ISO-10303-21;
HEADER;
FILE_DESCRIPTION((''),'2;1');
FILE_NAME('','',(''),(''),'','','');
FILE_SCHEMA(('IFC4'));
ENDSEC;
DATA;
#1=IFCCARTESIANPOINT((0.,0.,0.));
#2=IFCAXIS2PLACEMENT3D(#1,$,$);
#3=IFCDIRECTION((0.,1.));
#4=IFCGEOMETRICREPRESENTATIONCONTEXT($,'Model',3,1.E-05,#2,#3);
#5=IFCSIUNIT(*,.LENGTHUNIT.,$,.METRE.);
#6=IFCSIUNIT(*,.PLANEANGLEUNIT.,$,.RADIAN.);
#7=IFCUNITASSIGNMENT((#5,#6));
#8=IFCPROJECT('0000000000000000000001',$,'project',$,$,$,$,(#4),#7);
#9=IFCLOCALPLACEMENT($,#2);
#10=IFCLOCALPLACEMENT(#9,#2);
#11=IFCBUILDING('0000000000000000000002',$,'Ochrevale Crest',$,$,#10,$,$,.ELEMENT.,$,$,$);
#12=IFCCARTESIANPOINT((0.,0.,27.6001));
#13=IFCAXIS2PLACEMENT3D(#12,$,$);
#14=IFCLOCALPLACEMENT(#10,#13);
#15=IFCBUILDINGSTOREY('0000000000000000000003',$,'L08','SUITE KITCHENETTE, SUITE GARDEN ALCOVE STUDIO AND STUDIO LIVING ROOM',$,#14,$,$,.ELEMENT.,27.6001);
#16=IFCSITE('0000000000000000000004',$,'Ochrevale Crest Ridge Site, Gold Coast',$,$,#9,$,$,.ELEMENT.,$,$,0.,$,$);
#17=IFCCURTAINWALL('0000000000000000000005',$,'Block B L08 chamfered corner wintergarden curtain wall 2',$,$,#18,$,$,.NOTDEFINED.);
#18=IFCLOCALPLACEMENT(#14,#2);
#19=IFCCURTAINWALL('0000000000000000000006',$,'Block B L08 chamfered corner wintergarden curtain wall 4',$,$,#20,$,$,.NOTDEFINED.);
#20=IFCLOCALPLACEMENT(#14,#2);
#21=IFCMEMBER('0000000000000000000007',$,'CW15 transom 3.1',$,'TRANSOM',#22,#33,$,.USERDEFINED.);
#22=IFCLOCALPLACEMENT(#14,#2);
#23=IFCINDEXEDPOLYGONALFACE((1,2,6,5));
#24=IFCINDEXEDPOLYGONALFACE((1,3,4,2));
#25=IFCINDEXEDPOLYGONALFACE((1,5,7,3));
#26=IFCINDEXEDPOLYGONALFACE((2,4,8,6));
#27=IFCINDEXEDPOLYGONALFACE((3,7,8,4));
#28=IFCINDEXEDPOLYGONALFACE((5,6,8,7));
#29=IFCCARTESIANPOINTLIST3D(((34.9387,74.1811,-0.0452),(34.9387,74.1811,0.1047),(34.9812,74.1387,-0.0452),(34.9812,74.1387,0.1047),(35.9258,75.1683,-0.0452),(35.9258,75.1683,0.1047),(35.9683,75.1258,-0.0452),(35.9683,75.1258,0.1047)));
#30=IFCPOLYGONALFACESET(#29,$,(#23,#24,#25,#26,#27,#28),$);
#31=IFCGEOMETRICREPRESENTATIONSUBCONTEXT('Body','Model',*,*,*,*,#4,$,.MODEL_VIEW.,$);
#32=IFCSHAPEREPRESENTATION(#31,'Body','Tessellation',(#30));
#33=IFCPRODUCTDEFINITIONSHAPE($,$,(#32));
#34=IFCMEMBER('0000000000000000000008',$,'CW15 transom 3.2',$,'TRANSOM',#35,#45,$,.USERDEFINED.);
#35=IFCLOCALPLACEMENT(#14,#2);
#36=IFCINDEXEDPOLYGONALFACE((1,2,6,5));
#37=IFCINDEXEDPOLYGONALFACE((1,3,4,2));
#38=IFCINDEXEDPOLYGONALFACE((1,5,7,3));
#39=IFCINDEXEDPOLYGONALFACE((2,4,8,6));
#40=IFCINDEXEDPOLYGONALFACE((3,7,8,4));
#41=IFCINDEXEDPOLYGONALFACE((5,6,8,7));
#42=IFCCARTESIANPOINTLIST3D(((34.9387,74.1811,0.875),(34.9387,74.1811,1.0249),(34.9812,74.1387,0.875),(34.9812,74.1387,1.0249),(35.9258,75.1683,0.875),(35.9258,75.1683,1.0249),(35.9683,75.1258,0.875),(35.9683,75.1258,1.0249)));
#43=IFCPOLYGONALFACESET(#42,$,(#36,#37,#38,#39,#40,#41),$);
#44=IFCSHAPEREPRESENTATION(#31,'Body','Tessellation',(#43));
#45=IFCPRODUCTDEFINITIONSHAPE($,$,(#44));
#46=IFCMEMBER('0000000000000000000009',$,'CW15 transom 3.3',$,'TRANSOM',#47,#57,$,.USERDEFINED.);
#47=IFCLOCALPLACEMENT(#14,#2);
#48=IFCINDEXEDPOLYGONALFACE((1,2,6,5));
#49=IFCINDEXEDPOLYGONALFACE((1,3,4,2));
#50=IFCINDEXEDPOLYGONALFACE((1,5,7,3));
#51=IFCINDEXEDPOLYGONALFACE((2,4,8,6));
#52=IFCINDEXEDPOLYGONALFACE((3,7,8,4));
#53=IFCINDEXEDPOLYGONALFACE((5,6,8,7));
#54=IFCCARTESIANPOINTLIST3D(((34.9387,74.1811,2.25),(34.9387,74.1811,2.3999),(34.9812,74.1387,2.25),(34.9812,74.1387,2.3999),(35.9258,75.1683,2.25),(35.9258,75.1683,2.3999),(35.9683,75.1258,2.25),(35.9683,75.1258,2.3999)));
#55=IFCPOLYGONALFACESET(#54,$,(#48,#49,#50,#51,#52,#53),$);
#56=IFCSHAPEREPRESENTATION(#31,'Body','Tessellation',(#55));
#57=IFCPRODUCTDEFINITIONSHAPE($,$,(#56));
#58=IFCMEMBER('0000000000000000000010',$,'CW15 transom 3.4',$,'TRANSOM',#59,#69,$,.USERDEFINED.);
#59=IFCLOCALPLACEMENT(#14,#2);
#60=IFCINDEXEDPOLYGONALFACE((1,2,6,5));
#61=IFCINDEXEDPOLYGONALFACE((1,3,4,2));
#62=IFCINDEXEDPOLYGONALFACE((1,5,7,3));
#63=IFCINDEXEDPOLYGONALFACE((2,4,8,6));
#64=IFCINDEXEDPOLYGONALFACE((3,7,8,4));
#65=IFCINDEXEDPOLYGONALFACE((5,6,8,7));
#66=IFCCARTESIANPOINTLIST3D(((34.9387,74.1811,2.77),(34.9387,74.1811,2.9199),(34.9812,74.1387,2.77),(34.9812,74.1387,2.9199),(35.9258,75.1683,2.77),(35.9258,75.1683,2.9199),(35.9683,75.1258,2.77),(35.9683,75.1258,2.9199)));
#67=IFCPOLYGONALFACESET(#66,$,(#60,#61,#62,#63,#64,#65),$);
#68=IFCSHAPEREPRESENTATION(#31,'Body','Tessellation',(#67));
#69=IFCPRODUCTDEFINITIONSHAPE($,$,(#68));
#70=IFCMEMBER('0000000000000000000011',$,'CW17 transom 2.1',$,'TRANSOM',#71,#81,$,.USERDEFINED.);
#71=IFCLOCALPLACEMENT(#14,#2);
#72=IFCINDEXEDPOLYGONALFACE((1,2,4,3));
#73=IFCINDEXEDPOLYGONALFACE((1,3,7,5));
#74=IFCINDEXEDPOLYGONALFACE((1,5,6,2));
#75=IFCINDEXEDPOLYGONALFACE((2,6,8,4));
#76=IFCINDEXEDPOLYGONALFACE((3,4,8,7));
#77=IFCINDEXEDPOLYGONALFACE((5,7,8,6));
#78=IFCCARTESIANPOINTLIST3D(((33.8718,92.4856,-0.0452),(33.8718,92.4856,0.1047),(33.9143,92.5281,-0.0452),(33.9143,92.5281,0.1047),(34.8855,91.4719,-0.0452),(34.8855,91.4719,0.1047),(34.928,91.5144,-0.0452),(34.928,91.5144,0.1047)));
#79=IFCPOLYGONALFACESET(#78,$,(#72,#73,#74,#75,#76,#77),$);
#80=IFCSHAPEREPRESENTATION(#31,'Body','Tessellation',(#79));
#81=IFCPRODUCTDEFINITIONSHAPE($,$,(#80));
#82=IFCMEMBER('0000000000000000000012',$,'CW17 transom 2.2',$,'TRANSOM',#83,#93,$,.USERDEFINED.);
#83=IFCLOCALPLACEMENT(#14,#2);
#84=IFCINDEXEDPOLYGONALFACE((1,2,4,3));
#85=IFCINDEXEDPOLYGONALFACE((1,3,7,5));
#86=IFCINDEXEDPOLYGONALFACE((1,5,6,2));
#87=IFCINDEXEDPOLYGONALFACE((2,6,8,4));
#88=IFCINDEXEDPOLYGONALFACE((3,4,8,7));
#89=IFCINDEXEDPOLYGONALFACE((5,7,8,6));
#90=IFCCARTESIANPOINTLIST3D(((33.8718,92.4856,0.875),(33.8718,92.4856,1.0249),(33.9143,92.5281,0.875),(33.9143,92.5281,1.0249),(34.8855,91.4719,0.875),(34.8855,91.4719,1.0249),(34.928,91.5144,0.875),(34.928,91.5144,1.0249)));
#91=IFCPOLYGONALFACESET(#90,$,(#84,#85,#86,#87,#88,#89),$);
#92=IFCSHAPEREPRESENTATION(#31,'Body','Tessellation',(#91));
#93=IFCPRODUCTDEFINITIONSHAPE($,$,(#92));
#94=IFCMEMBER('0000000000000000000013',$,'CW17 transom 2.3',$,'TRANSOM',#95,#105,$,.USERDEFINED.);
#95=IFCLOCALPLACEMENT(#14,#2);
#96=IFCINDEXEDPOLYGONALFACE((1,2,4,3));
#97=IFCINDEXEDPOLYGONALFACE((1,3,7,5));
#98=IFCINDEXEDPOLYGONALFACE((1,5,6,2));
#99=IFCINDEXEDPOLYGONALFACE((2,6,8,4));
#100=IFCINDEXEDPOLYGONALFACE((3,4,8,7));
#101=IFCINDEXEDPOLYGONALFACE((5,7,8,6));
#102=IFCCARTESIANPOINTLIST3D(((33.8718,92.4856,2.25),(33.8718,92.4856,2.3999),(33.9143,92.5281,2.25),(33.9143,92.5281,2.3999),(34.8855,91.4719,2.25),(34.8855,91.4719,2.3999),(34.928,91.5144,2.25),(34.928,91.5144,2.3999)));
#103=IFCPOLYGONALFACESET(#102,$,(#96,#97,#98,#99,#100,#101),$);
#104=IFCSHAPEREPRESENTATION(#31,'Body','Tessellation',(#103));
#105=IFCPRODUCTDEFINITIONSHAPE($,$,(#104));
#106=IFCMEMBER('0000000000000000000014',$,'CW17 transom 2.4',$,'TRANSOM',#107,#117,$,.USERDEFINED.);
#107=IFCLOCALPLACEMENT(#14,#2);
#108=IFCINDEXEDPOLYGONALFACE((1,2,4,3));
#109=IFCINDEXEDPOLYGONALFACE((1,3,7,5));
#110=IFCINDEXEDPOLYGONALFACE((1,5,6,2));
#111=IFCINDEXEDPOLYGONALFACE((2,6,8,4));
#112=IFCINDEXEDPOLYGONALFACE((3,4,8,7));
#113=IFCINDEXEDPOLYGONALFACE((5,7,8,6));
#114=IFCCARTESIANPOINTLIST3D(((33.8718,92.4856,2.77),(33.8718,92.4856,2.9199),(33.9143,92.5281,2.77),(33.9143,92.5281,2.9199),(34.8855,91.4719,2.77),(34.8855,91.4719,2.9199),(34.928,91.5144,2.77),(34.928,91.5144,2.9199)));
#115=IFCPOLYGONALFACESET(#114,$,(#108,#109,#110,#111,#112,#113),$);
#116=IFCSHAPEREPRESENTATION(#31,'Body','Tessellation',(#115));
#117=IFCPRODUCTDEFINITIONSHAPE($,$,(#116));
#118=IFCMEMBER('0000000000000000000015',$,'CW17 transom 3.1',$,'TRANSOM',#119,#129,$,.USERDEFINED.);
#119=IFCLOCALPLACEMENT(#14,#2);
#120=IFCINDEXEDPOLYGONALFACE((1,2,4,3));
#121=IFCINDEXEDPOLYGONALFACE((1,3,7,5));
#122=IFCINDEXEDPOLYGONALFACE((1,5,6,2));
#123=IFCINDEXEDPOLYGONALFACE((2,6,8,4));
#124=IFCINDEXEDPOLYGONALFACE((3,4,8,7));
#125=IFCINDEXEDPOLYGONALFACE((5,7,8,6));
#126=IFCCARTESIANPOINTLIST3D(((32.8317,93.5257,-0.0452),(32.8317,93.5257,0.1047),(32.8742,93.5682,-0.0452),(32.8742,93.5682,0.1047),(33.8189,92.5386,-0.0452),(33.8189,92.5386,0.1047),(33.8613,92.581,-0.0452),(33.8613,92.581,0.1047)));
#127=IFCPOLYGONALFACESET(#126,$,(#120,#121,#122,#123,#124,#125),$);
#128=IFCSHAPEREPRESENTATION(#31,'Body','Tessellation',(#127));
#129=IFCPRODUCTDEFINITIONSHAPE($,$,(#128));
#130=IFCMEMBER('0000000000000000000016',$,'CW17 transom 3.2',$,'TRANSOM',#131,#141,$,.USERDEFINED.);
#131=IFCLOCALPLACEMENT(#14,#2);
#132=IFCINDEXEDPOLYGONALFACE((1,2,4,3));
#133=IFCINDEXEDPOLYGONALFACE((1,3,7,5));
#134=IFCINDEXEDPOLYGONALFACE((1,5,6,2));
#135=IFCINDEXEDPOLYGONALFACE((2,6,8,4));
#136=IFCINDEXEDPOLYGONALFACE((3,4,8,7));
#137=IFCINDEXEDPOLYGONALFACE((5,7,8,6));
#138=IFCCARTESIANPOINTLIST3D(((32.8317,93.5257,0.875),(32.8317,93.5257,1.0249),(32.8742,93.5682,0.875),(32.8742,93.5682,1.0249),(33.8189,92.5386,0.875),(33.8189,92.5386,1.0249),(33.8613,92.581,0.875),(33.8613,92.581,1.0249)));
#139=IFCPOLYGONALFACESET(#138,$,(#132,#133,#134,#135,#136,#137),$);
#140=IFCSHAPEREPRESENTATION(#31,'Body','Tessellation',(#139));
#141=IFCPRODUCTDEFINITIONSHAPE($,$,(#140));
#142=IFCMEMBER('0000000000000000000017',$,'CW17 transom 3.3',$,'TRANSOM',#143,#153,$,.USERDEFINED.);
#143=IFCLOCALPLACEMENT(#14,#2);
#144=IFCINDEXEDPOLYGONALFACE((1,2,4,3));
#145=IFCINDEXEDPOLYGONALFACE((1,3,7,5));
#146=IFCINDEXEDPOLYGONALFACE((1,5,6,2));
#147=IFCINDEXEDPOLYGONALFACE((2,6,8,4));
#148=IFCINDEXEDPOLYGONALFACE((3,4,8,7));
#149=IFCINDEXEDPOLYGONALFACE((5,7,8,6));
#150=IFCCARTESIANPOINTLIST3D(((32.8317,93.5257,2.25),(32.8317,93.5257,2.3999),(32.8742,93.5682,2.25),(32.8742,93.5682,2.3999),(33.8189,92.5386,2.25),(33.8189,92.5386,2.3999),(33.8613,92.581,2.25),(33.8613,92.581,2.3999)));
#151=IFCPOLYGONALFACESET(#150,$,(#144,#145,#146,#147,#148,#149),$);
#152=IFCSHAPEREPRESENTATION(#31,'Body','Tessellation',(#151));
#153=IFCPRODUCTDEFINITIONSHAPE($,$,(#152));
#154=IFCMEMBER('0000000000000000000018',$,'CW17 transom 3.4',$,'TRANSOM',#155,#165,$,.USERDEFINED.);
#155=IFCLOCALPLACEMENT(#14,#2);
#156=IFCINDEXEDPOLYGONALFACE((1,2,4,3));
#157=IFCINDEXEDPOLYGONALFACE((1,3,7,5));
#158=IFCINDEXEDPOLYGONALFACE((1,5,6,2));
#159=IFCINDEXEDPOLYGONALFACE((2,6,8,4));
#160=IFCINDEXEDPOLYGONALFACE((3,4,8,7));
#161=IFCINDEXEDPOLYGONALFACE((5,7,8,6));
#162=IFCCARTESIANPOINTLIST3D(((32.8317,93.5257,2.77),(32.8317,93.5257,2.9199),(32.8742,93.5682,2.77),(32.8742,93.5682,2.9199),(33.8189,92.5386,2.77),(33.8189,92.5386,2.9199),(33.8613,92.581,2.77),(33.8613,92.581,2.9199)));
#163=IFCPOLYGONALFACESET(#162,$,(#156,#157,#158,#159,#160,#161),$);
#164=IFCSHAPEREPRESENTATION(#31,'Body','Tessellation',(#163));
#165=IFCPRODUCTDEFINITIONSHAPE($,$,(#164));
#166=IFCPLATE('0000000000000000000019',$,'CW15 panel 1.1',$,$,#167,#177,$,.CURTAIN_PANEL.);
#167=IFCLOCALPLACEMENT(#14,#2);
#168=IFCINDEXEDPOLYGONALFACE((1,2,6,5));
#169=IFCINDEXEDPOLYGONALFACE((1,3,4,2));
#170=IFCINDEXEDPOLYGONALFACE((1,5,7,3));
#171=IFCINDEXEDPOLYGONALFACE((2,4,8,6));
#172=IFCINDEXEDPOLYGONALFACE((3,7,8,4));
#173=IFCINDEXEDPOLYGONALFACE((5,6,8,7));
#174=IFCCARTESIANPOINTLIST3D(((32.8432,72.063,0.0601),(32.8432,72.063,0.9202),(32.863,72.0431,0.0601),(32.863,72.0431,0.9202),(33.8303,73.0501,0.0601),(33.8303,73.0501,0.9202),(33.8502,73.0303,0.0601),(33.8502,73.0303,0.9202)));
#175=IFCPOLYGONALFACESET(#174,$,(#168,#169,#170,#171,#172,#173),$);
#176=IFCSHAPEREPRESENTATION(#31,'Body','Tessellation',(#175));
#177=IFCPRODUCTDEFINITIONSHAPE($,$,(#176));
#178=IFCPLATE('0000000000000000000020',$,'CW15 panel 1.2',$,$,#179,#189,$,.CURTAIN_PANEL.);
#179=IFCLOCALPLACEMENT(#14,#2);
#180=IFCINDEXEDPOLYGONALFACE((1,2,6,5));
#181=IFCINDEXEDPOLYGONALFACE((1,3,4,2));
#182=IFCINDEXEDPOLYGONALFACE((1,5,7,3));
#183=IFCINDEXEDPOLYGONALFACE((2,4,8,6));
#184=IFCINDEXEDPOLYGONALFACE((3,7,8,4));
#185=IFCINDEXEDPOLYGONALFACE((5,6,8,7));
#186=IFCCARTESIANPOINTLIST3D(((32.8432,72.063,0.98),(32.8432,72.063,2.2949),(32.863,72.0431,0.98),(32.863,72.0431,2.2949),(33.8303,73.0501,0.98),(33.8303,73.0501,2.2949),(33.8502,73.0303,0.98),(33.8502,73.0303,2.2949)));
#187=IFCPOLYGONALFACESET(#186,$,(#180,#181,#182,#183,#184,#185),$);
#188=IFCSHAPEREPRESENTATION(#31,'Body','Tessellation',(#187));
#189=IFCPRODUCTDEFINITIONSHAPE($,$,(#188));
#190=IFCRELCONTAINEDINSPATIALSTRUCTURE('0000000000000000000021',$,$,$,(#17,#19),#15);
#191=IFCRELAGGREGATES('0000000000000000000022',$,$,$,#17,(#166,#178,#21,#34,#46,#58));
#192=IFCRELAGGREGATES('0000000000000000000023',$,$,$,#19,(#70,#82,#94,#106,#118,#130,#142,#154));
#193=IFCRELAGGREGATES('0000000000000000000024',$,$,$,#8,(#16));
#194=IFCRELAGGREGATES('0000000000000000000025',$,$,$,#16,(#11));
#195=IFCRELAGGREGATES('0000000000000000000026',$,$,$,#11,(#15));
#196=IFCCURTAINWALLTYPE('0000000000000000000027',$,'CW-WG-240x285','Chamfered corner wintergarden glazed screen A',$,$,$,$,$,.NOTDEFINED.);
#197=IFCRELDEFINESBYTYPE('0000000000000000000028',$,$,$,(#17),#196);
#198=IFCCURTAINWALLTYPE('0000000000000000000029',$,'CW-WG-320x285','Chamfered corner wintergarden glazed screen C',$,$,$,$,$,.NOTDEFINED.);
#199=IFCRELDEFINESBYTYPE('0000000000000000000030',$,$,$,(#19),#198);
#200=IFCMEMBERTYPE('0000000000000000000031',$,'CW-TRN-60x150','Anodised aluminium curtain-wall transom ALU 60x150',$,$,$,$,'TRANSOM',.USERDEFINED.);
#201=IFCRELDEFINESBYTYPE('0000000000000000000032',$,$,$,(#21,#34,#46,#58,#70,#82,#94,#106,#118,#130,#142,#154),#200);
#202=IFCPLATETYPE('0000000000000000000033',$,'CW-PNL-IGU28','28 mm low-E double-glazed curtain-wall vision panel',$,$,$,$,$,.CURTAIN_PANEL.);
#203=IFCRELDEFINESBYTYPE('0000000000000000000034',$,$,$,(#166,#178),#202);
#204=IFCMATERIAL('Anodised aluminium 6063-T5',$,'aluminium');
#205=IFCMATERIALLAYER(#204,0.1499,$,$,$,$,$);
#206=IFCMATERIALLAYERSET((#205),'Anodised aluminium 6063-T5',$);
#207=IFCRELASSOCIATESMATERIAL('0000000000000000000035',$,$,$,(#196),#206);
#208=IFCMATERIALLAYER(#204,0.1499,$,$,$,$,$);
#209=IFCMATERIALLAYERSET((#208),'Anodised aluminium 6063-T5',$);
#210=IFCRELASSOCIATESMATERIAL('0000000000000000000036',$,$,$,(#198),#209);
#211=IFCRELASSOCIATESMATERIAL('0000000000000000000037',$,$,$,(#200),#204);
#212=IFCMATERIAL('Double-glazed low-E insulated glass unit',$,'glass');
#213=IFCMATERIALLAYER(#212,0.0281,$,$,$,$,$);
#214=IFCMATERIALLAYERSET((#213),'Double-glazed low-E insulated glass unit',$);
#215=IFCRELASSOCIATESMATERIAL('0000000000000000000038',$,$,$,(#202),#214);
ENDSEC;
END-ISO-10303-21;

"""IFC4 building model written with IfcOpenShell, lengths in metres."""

from ifc_helpers import new_model, si_unit, direction, frame, origin, origin_2d, place, context, subcontext, project, spatial, rectangle, extrude, material, layer, layer_set, material_profile, profile_set, type_object, element, aggregate, save


model = new_model("IFC4")

# Units and contexts
model_context = context("Model", 3, precision=1e-05, world=origin(), true_north=direction((0.0, 1.0)))
body_context = subcontext(model_context, "Body", "Model", "MODEL_VIEW")
ifc_project = project(units=[si_unit("LENGTHUNIT", "METRE"), si_unit("PLANEANGLEUNIT", "RADIAN")], contexts=[model_context])

# Site, building, storey
site_placement = place(None, origin())
site = spatial("IfcSite", under=ifc_project, at=site_placement, Name="Ochrevale Crest Ridge Site, Gold Coast", CompositionType="ELEMENT", RefElevation=0.0)
building_placement = place(site_placement, origin())
building = spatial("IfcBuilding", under=site, at=building_placement, Name="Ochrevale Crest", CompositionType="ELEMENT")
storey_placement = place(building_placement, frame((0.0, 0.0, 27.6001)))
storey = spatial("IfcBuildingStorey", under=building, at=storey_placement, Name="L08", Description="SUITE KITCHENETTE, SUITE GARDEN ALCOVE STUDIO AND STUDIO LIVING ROOM", CompositionType="ELEMENT", Elevation=27.6001)

# Curtain walls
ifc_material_1 = material(Name="Anodised aluminium 6063-T5", Category="aluminium")
ifc_layer_1 = layer(ifc_material_1, 0.1499)
ifc_layer_set_1 = layer_set([ifc_layer_1], Name="Anodised aluminium 6063-T5")
curtain_wall_type_1 = type_object("IfcCurtainWallType", Name="CW-WG-240x285", Description="Chamfered corner wintergarden glazed screen A", PredefinedType="NOTDEFINED", material=ifc_layer_set_1)
curtain_wall_1_placement = place(storey_placement, origin())
curtain_wall_1 = element("IfcCurtainWall", 1, at=curtain_wall_1_placement, inside=storey, type_object=curtain_wall_type_1, Name="Block B L08 chamfered corner wintergarden curtain wall 2", PredefinedType="NOTDEFINED")
ifc_layer_2 = layer(ifc_material_1, 0.1499)
ifc_layer_set_2 = layer_set([ifc_layer_2], Name="Anodised aluminium 6063-T5")
curtain_wall_type_2 = type_object("IfcCurtainWallType", Name="CW-WG-320x285", Description="Chamfered corner wintergarden glazed screen C", PredefinedType="NOTDEFINED", material=ifc_layer_set_2)
curtain_wall_2_placement = place(storey_placement, origin())
curtain_wall_2 = element("IfcCurtainWall", 2, at=curtain_wall_2_placement, inside=storey, type_object=curtain_wall_type_2, Name="Block B L08 chamfered corner wintergarden curtain wall 4", PredefinedType="NOTDEFINED")

# Members
ifc_material_profile_1 = material_profile(ifc_material_1, rectangle(XDim=0.0601, YDim=0.1499, at=origin_2d()), Name="ALU 60x150")
ifc_profile_set_1 = profile_set([ifc_material_profile_1], Name="Anodised aluminium 6063-T5")
member_type_1 = type_object("IfcMemberType", Name="CW-TRN-60x150", Description="Anodised aluminium curtain-wall transom ALU 60x150", ElementType="TRANSOM", PredefinedType="USERDEFINED", material=ifc_profile_set_1)
member_1_placement = place(storey_placement, frame((34.96, 74.1599, 0.0298), z_axis=(0.707107, 0.707107, 0.0), x_axis=(-0.707107, 0.707107, 0.0)))
member_1 = element("IfcMember", 3, at=member_1_placement, type_object=member_type_1, Name="CW15 transom 3.1", ObjectType="TRANSOM", PredefinedType="USERDEFINED", context=body_context, shape_type="SweptSolid", body=[
    extrude(rectangle(XDim=0.0601, YDim=0.1499, at=origin_2d()), origin(), (0.0, 0.0, 1.0), 1.396),
])
member_2_placement = place(storey_placement, frame((34.96, 74.1599, 0.95), z_axis=(0.707107, 0.707107, 0.0), x_axis=(-0.707107, 0.707107, 0.0)))
member_2 = element("IfcMember", 4, at=member_2_placement, type_object=member_type_1, Name="CW15 transom 3.2", ObjectType="TRANSOM", PredefinedType="USERDEFINED", context=body_context, shape_type="SweptSolid", body=[
    extrude(rectangle(XDim=0.0601, YDim=0.1499, at=origin_2d()), origin(), (0.0, 0.0, 1.0), 1.396),
])
member_3_placement = place(storey_placement, frame((34.96, 74.1599, 2.325), z_axis=(0.707107, 0.707107, 0.0), x_axis=(-0.707107, 0.707107, 0.0)))
member_3 = element("IfcMember", 5, at=member_3_placement, type_object=member_type_1, Name="CW15 transom 3.3", ObjectType="TRANSOM", PredefinedType="USERDEFINED", context=body_context, shape_type="SweptSolid", body=[
    extrude(rectangle(XDim=0.0601, YDim=0.1499, at=origin_2d()), origin(), (0.0, 0.0, 1.0), 1.396),
])
member_4_placement = place(storey_placement, frame((34.96, 74.1599, 2.845), z_axis=(0.707107, 0.707107, 0.0), x_axis=(-0.707107, 0.707107, 0.0)))
member_4 = element("IfcMember", 6, at=member_4_placement, type_object=member_type_1, Name="CW15 transom 3.4", ObjectType="TRANSOM", PredefinedType="USERDEFINED", context=body_context, shape_type="SweptSolid", body=[
    extrude(rectangle(XDim=0.0601, YDim=0.1499, at=origin_2d()), origin(), (0.0, 0.0, 1.0), 1.396),
])
member_5_placement = place(storey_placement, frame((34.9067, 91.4932, 0.0298), z_axis=(-0.707107, 0.707107, 0.0), x_axis=(-0.707107, -0.707107, 0.0)))
member_5 = element("IfcMember", 7, at=member_5_placement, type_object=member_type_1, Name="CW17 transom 2.1", ObjectType="TRANSOM", PredefinedType="USERDEFINED", context=body_context, shape_type="SweptSolid", body=[
    extrude(rectangle(XDim=0.0601, YDim=0.1499, at=origin_2d()), origin(), (0.0, 0.0, 1.0), 1.4336),
])
member_6_placement = place(storey_placement, frame((34.9067, 91.4932, 0.95), z_axis=(-0.707107, 0.707107, 0.0), x_axis=(-0.707107, -0.707107, 0.0)))
member_6 = element("IfcMember", 8, at=member_6_placement, type_object=member_type_1, Name="CW17 transom 2.2", ObjectType="TRANSOM", PredefinedType="USERDEFINED", context=body_context, shape_type="SweptSolid", body=[
    extrude(rectangle(XDim=0.0601, YDim=0.1499, at=origin_2d()), origin(), (0.0, 0.0, 1.0), 1.4336),
])
member_7_placement = place(storey_placement, frame((34.9067, 91.4932, 2.325), z_axis=(-0.707107, 0.707107, 0.0), x_axis=(-0.707107, -0.707107, 0.0)))
member_7 = element("IfcMember", 9, at=member_7_placement, type_object=member_type_1, Name="CW17 transom 2.3", ObjectType="TRANSOM", PredefinedType="USERDEFINED", context=body_context, shape_type="SweptSolid", body=[
    extrude(rectangle(XDim=0.0601, YDim=0.1499, at=origin_2d()), origin(), (0.0, 0.0, 1.0), 1.4336),
])
member_8_placement = place(storey_placement, frame((34.9067, 91.4932, 2.845), z_axis=(-0.707107, 0.707107, 0.0), x_axis=(-0.707107, -0.707107, 0.0)))
member_8 = element("IfcMember", 10, at=member_8_placement, type_object=member_type_1, Name="CW17 transom 2.4", ObjectType="TRANSOM", PredefinedType="USERDEFINED", context=body_context, shape_type="SweptSolid", body=[
    extrude(rectangle(XDim=0.0601, YDim=0.1499, at=origin_2d()), origin(), (0.0, 0.0, 1.0), 1.4336),
])
member_9_placement = place(storey_placement, frame((33.8401, 92.5598, 0.0298), z_axis=(-0.707107, 0.707107, 0.0), x_axis=(-0.707107, -0.707107, 0.0)))
member_9 = element("IfcMember", 11, at=member_9_placement, type_object=member_type_1, Name="CW17 transom 3.1", ObjectType="TRANSOM", PredefinedType="USERDEFINED", context=body_context, shape_type="SweptSolid", body=[
    extrude(rectangle(XDim=0.0601, YDim=0.1499, at=origin_2d()), origin(), (0.0, 0.0, 1.0), 1.396),
])
member_10_placement = place(storey_placement, frame((33.8401, 92.5598, 0.95), z_axis=(-0.707107, 0.707107, 0.0), x_axis=(-0.707107, -0.707107, 0.0)))
member_10 = element("IfcMember", 12, at=member_10_placement, type_object=member_type_1, Name="CW17 transom 3.2", ObjectType="TRANSOM", PredefinedType="USERDEFINED", context=body_context, shape_type="SweptSolid", body=[
    extrude(rectangle(XDim=0.0601, YDim=0.1499, at=origin_2d()), origin(), (0.0, 0.0, 1.0), 1.396),
])
member_11_placement = place(storey_placement, frame((33.8401, 92.5598, 2.325), z_axis=(-0.707107, 0.707107, 0.0), x_axis=(-0.707107, -0.707107, 0.0)))
member_11 = element("IfcMember", 13, at=member_11_placement, type_object=member_type_1, Name="CW17 transom 3.3", ObjectType="TRANSOM", PredefinedType="USERDEFINED", context=body_context, shape_type="SweptSolid", body=[
    extrude(rectangle(XDim=0.0601, YDim=0.1499, at=origin_2d()), origin(), (0.0, 0.0, 1.0), 1.396),
])
member_12_placement = place(storey_placement, frame((33.8401, 92.5598, 2.845), z_axis=(-0.707107, 0.707107, 0.0), x_axis=(-0.707107, -0.707107, 0.0)))
member_12 = element("IfcMember", 14, at=member_12_placement, type_object=member_type_1, Name="CW17 transom 3.4", ObjectType="TRANSOM", PredefinedType="USERDEFINED", context=body_context, shape_type="SweptSolid", body=[
    extrude(rectangle(XDim=0.0601, YDim=0.1499, at=origin_2d()), origin(), (0.0, 0.0, 1.0), 1.396),
])

# Plates
ifc_material_2 = material(Name="Double-glazed low-E insulated glass unit", Category="glass")
ifc_layer_3 = layer(ifc_material_2, 0.0281)
ifc_layer_set_3 = layer_set([ifc_layer_3], Name="Double-glazed low-E insulated glass unit")
plate_type = type_object("IfcPlateType", Name="CW-PNL-IGU28", Description="28 mm low-E double-glazed curtain-wall vision panel", PredefinedType="CURTAIN_PANEL", material=ifc_layer_set_3)
plate_1_placement = place(storey_placement, frame((33.3467, 72.5466, 0.0601), z_axis=(0.0, 0.0, 1.0), x_axis=(0.707107, 0.707107, 0.0)))
plate_1 = element("IfcPlate", 15, at=plate_1_placement, type_object=plate_type, Name="CW15 panel 1.1", PredefinedType="CURTAIN_PANEL", context=body_context, shape_type="SweptSolid", body=[
    extrude(rectangle(XDim=1.396, YDim=0.0281, at=origin_2d()), origin(), (0.0, 0.0, 1.0), 0.8601),
])
plate_2_placement = place(storey_placement, frame((33.3467, 72.5466, 0.98), z_axis=(0.0, 0.0, 1.0), x_axis=(0.707107, 0.707107, 0.0)))
plate_2 = element("IfcPlate", 16, at=plate_2_placement, type_object=plate_type, Name="CW15 panel 1.2", PredefinedType="CURTAIN_PANEL", context=body_context, shape_type="SweptSolid", body=[
    extrude(rectangle(XDim=1.396, YDim=0.0281, at=origin_2d()), origin(), (0.0, 0.0, 1.0), 1.3149),
])
aggregate(curtain_wall_1, [plate_1, plate_2, member_1, member_2, member_3, member_4])
aggregate(curtain_wall_2, [member_5, member_6, member_7, member_8, member_9, member_10, member_11, member_12])

save(model, "model.ifc")
